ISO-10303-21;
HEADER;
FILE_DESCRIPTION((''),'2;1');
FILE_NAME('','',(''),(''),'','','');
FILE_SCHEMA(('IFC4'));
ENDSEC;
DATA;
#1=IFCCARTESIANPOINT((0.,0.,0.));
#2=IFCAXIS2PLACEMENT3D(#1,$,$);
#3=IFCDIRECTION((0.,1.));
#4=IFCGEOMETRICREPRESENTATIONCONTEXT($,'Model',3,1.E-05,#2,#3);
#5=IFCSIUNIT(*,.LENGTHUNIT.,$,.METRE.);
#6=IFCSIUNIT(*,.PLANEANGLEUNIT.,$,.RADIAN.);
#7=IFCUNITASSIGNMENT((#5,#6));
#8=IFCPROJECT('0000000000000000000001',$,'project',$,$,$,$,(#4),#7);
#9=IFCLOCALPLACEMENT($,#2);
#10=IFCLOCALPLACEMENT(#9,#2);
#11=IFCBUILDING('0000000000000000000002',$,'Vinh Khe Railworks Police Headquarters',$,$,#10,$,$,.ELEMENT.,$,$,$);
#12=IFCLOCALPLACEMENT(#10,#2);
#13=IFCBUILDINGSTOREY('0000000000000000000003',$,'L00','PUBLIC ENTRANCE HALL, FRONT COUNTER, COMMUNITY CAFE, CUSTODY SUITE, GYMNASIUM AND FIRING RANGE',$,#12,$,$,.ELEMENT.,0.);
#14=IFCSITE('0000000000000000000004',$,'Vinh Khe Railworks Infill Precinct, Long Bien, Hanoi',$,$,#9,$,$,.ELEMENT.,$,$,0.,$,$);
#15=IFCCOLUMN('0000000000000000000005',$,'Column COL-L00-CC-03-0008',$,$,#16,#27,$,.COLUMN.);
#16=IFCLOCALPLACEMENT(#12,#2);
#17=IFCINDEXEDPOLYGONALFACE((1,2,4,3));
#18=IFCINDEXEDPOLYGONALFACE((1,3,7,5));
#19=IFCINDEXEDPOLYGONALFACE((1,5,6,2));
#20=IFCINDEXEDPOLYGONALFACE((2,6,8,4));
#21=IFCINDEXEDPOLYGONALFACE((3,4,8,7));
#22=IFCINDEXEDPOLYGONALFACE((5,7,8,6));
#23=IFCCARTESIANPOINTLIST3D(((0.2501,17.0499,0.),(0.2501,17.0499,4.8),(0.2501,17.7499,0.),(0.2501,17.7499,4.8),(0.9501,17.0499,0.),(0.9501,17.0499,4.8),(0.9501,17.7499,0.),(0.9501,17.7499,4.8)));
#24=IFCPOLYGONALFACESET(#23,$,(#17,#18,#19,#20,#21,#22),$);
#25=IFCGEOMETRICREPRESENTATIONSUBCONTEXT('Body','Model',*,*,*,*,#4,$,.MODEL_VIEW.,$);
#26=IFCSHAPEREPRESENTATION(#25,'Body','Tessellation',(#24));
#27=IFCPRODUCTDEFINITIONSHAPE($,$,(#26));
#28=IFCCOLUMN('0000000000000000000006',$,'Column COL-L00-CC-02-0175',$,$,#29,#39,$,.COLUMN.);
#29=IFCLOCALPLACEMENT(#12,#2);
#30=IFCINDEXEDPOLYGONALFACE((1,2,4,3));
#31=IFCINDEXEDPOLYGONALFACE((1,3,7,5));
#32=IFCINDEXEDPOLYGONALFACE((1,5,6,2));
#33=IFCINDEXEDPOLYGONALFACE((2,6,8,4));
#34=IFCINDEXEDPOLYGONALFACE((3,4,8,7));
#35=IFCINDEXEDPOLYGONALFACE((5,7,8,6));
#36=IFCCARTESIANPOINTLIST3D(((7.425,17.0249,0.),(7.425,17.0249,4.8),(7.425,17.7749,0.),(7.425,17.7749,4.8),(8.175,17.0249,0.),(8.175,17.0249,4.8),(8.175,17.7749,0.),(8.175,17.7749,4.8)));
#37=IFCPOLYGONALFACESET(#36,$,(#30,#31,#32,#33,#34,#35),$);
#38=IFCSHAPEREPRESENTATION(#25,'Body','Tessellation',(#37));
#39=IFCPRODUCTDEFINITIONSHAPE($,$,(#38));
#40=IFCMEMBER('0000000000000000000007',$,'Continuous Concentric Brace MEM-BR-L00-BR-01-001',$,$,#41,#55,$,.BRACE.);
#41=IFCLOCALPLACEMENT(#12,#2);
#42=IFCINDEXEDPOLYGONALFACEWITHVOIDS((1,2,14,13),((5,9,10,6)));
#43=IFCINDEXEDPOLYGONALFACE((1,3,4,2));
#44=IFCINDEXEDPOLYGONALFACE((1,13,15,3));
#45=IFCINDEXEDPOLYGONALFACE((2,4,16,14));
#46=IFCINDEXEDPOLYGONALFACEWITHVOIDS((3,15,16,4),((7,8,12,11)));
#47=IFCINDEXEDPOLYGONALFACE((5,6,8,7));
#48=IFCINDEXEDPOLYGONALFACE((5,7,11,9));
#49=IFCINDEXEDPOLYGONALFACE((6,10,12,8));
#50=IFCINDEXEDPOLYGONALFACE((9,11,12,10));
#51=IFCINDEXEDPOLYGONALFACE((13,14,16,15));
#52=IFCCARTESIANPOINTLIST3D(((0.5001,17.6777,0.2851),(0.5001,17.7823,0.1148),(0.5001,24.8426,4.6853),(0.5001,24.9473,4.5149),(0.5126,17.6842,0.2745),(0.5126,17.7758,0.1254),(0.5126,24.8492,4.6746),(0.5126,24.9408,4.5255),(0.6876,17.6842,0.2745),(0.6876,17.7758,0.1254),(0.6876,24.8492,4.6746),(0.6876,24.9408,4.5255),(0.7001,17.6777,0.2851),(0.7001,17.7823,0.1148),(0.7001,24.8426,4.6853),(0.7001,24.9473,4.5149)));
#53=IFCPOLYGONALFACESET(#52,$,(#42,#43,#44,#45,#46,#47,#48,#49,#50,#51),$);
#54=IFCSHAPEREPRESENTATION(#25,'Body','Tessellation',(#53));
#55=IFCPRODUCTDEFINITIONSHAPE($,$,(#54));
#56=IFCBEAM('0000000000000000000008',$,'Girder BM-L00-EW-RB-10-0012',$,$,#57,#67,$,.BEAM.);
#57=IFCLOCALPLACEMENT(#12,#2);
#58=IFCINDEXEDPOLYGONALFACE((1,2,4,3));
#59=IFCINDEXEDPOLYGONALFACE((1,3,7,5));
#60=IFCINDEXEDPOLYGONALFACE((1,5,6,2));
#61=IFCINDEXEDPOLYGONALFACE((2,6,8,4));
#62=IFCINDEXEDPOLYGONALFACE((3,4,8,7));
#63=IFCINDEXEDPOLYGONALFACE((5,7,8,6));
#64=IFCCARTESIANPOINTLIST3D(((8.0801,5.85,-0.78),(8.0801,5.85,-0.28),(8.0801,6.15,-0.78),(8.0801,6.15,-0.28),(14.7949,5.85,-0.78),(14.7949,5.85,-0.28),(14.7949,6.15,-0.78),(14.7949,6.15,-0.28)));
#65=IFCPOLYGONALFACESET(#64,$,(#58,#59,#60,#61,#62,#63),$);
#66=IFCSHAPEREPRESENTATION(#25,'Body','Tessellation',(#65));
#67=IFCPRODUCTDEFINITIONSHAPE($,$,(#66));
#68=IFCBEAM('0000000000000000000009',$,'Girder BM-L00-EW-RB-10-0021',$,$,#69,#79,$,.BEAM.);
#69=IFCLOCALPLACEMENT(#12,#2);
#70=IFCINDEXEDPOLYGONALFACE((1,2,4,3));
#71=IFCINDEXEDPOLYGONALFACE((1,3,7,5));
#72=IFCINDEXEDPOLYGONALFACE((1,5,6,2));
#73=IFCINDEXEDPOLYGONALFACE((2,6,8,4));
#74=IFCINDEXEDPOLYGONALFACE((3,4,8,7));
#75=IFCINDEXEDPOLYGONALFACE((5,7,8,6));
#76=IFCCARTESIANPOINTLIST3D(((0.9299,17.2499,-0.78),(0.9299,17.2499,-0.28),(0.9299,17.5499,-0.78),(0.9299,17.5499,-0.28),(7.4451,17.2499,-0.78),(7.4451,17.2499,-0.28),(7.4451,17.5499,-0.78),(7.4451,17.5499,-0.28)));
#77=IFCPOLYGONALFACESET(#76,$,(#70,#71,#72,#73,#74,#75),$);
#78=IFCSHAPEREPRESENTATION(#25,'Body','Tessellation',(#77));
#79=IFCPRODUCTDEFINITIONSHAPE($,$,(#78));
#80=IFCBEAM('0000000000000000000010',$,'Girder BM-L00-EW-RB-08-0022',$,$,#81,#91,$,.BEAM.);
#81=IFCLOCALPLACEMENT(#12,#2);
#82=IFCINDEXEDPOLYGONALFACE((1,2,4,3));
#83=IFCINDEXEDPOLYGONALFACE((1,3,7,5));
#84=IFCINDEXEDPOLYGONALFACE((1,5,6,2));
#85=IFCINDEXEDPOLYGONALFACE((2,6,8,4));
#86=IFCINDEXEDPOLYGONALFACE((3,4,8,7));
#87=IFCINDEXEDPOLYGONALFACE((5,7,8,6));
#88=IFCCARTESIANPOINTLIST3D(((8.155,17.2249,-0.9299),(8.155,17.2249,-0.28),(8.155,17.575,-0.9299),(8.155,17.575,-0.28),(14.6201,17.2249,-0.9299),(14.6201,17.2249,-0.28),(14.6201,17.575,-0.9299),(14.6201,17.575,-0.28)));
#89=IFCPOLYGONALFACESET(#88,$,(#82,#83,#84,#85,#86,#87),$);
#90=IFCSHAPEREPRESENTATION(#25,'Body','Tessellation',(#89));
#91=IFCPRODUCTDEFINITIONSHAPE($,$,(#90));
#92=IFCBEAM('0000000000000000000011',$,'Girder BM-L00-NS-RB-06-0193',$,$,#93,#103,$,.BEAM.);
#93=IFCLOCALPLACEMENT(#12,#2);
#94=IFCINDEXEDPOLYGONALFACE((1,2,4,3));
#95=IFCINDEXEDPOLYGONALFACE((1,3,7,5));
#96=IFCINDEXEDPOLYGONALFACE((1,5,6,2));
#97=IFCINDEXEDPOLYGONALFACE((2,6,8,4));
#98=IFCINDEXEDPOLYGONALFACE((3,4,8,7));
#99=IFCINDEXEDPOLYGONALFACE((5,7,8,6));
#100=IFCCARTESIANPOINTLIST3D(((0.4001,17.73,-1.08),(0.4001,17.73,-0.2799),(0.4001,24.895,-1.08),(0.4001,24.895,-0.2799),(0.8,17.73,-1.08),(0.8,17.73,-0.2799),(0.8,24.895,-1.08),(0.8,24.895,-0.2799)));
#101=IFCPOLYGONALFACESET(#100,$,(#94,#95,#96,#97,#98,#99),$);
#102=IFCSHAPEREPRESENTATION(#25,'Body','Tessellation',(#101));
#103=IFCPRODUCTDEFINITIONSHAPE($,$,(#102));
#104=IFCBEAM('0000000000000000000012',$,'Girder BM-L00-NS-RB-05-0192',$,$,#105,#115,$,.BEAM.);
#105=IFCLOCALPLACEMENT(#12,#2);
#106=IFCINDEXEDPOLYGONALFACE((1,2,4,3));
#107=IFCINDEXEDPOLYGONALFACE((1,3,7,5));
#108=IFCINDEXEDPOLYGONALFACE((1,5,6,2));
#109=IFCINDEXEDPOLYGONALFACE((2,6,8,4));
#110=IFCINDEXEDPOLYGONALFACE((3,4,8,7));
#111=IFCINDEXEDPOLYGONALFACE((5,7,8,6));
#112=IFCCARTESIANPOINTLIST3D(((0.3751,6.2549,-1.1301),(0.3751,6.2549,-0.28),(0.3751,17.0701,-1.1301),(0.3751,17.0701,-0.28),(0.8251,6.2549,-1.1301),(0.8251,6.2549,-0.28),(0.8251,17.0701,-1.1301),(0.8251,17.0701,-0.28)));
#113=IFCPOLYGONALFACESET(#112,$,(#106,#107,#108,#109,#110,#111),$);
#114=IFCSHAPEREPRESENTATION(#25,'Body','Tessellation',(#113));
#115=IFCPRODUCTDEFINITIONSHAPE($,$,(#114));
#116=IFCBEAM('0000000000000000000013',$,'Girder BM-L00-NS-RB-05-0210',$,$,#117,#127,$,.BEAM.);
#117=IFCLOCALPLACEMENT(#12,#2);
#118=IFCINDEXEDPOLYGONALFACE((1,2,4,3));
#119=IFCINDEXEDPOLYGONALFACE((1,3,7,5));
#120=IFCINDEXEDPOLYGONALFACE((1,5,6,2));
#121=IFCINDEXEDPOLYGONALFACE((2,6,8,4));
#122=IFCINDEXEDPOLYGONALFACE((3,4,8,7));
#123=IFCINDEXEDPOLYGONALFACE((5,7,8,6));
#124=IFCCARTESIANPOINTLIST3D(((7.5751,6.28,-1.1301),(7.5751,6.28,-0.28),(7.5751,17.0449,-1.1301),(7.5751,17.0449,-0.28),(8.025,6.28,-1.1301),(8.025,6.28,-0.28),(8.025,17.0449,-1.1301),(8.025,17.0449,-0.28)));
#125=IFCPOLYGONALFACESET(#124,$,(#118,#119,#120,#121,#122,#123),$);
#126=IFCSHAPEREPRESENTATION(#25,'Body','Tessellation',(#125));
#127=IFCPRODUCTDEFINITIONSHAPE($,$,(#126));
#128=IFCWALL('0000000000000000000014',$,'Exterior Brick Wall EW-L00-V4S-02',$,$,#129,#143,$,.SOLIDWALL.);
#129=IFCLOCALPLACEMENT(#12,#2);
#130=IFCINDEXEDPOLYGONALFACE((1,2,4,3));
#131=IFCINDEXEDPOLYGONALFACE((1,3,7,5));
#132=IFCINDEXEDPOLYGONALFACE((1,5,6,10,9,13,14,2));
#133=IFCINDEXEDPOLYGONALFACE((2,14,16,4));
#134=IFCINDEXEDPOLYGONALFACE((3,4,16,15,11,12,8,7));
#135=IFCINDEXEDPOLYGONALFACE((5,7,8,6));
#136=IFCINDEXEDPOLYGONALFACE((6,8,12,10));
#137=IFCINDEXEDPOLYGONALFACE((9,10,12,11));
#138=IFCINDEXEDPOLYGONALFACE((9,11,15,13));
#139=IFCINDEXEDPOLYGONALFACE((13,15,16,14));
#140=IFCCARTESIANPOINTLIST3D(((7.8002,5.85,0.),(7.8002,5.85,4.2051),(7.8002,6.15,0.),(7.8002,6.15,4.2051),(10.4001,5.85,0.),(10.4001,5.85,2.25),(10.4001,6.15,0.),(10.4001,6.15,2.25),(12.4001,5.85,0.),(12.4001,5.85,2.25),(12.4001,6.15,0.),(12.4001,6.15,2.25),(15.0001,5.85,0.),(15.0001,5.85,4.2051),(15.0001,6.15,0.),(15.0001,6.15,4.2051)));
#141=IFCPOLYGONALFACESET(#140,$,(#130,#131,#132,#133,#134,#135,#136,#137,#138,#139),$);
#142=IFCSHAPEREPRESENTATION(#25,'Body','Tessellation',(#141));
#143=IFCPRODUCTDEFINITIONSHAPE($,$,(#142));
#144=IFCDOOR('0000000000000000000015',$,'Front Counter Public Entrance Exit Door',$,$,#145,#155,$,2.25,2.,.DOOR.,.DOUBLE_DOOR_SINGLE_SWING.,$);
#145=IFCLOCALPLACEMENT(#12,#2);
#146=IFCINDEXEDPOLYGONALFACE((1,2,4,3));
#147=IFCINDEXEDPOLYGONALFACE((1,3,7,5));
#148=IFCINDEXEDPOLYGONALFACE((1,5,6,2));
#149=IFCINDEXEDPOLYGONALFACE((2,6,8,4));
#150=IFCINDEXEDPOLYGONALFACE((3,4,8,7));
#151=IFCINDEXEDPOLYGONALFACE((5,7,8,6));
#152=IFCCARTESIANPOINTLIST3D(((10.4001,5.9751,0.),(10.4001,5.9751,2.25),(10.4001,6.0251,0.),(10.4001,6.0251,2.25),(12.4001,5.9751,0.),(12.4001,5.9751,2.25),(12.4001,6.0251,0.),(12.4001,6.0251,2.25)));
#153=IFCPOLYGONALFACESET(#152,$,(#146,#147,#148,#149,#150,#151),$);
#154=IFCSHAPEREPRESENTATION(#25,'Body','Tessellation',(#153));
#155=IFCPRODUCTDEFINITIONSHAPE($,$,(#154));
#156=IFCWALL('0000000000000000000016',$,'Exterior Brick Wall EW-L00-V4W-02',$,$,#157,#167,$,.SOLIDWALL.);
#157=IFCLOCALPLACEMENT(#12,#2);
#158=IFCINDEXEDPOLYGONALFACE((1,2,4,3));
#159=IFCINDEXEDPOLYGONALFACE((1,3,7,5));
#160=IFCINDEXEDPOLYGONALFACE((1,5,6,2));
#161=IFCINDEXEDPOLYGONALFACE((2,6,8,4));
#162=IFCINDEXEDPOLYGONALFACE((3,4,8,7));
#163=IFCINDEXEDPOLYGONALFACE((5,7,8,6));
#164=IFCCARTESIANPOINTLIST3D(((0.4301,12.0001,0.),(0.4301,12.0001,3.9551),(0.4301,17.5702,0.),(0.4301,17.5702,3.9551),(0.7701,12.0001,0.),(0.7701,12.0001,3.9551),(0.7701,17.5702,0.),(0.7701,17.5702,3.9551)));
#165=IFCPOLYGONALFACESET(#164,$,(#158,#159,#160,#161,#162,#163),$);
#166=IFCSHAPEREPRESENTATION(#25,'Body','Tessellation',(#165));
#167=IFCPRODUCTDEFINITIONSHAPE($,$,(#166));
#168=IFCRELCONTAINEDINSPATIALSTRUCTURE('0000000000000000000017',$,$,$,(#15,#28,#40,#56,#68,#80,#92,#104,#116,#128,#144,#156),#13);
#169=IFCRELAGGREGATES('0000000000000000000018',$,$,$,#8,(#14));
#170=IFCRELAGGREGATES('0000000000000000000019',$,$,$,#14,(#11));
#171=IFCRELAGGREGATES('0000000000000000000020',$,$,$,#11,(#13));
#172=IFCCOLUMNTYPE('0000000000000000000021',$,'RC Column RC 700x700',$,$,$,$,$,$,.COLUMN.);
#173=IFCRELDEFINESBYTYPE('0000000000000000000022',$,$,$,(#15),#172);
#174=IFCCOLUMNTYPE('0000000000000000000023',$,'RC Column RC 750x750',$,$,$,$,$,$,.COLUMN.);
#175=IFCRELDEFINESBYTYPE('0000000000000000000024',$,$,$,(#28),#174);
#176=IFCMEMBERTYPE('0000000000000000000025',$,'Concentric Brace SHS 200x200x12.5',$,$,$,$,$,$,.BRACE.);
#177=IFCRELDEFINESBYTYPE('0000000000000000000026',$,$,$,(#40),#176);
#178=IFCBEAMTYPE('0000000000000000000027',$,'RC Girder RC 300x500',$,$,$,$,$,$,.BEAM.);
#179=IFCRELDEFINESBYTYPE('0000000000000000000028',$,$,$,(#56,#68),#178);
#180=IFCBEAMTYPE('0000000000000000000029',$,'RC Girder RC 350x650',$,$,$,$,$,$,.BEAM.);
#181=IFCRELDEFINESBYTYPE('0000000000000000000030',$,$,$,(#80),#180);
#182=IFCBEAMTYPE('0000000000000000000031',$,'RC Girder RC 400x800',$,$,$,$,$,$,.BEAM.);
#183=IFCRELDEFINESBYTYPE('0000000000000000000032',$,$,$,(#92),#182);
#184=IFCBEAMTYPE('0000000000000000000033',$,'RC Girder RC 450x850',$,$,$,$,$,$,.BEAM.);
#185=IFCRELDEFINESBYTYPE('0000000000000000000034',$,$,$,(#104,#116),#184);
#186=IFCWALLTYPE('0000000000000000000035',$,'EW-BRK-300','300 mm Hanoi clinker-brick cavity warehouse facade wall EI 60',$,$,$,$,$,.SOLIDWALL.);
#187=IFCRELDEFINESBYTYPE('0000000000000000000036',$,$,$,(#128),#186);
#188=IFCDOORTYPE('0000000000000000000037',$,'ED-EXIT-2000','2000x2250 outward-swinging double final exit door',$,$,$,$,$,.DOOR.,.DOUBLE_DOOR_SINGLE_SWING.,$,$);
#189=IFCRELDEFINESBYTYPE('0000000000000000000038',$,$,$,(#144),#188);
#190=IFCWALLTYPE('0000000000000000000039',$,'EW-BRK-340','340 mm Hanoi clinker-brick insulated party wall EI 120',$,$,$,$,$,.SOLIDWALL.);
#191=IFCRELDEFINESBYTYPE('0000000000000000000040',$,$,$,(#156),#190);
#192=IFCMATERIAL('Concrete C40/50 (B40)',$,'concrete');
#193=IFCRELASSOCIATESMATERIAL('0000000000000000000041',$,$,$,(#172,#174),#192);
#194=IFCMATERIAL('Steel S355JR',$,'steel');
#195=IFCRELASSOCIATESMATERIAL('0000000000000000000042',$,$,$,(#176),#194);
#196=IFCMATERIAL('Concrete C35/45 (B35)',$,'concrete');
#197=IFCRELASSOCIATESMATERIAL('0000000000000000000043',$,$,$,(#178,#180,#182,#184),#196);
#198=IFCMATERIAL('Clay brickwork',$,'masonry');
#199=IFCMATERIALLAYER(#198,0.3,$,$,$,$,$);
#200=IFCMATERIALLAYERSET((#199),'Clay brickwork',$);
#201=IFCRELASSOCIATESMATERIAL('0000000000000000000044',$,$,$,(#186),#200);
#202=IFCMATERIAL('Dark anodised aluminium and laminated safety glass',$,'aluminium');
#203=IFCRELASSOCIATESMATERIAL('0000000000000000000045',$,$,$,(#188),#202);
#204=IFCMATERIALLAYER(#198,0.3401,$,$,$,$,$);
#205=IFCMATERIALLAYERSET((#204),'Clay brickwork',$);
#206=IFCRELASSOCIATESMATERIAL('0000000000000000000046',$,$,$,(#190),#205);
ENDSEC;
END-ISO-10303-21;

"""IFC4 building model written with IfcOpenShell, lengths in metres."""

from ifc_helpers import new_model, si_unit, direction, frame, frame_2d, origin, origin_2d, place, context, subcontext, project, spatial, rectangle, hollow_rectangle, extrude, material, layer, layer_set, material_profile, profile_set, type_object, element, fill, save


model = new_model("IFC4")

# Units and contexts
model_context = context("Model", 3, precision=1e-05, world=origin(), true_north=direction((0.0, 1.0)))
body_context = subcontext(model_context, "Body", "Model", "MODEL_VIEW")
ifc_project = project(units=[si_unit("LENGTHUNIT", "METRE"), si_unit("PLANEANGLEUNIT", "RADIAN")], contexts=[model_context])

# Site, building, storey
site_placement = place(None, origin())
site = spatial("IfcSite", under=ifc_project, at=site_placement, Name="Vinh Khe Railworks Infill Precinct, Long Bien, Hanoi", CompositionType="ELEMENT", RefElevation=0.0)
building_placement = place(site_placement, origin())
building = spatial("IfcBuilding", under=site, at=building_placement, Name="Vinh Khe Railworks Police Headquarters", CompositionType="ELEMENT")
storey_placement = place(building_placement, origin())
storey = spatial("IfcBuildingStorey", under=building, at=storey_placement, Name="L00", Description="PUBLIC ENTRANCE HALL, FRONT COUNTER, COMMUNITY CAFE, CUSTODY SUITE, GYMNASIUM AND FIRING RANGE", CompositionType="ELEMENT", Elevation=0.0)

# Columns
ifc_material_1 = material(Name="Concrete C40/50 (B40)", Category="concrete")
ifc_material_profile_1 = material_profile(ifc_material_1, rectangle(XDim=0.7, YDim=0.7, at=origin_2d()), Name="RC 700x700")
ifc_profile_set_1 = profile_set([ifc_material_profile_1], Name="Concrete C40/50 (B40)")
column_type_1 = type_object("IfcColumnType", Name="RC Column RC 700x700", PredefinedType="COLUMN", material=ifc_profile_set_1)
column_1_placement = place(storey_placement, frame((0.6001, 17.3999, 0.0), z_axis=(0.0, 0.0, 1.0), x_axis=(1.0, 0.0, 0.0)))
element("IfcColumn", 1, at=column_1_placement, inside=storey, type_object=column_type_1, Name="Column COL-L00-CC-03-0008", PredefinedType="COLUMN", context=body_context, shape_type="SweptSolid", body=[
    extrude(rectangle(XDim=0.7, YDim=0.7, at=origin_2d()), origin(), (0.0, 0.0, 1.0), 4.8),
])
ifc_material_profile_2 = material_profile(ifc_material_1, rectangle(XDim=0.75, YDim=0.75, at=origin_2d()), Name="RC 750x750")
ifc_profile_set_2 = profile_set([ifc_material_profile_2], Name="Concrete C40/50 (B40)")
column_type_2 = type_object("IfcColumnType", Name="RC Column RC 750x750", PredefinedType="COLUMN", material=ifc_profile_set_2)
column_2_placement = place(storey_placement, frame((7.8, 17.3999, 0.0), z_axis=(0.0, 0.0, 1.0), x_axis=(1.0, 0.0, 0.0)))
element("IfcColumn", 2, at=column_2_placement, inside=storey, type_object=column_type_2, Name="Column COL-L00-CC-02-0175", PredefinedType="COLUMN", context=body_context, shape_type="SweptSolid", body=[
    extrude(rectangle(XDim=0.75, YDim=0.75, at=origin_2d()), origin(), (0.0, 0.0, 1.0), 4.8),
])

# Member
ifc_material_2 = material(Name="Steel S355JR", Category="steel")
ifc_material_profile_3 = material_profile(ifc_material_2, hollow_rectangle(XDim=0.2, YDim=0.2, WallThickness=0.0125, at=origin_2d()), Name="SHS 200x200x12.5")
ifc_profile_set_3 = profile_set([ifc_material_profile_3], Name="Steel S355JR")
member_type = type_object("IfcMemberType", Name="Concentric Brace SHS 200x200x12.5", PredefinedType="BRACE", material=ifc_profile_set_3)
member_placement = place(storey_placement, frame((0.6001, 17.73, 0.2), z_axis=(0.0, 0.852141, 0.523311), x_axis=(-1.0, 0.0, 0.0)))
element("IfcMember", 3, at=member_placement, inside=storey, type_object=member_type, Name="Continuous Concentric Brace MEM-BR-L00-BR-01-001", PredefinedType="BRACE", context=body_context, shape_type="SweptSolid", body=[
    extrude(hollow_rectangle(XDim=0.2, YDim=0.2, WallThickness=0.0125, at=origin_2d()), origin(), (0.0, 0.0, 1.0), 8.4082),
])

# Beams
ifc_material_3 = material(Name="Concrete C35/45 (B35)", Category="concrete")
ifc_material_profile_4 = material_profile(ifc_material_3, rectangle(XDim=0.3, YDim=0.5, at=origin_2d()), Name="RC 300x500")
ifc_profile_set_4 = profile_set([ifc_material_profile_4], Name="Concrete C35/45 (B35)")
beam_type_1 = type_object("IfcBeamType", Name="RC Girder RC 300x500", PredefinedType="BEAM", material=ifc_profile_set_4)
beam_1_placement = place(storey_placement, frame((8.0801, 6.0, -0.53), z_axis=(1.0, 0.0, 0.0), x_axis=(0.0, 1.0, 0.0)))
element("IfcBeam", 4, at=beam_1_placement, inside=storey, type_object=beam_type_1, Name="Girder BM-L00-EW-RB-10-0012", PredefinedType="BEAM", context=body_context, shape_type="SweptSolid", body=[
    extrude(rectangle(XDim=0.3, YDim=0.5, at=origin_2d()), origin(), (0.0, 0.0, 1.0), 6.7148),
])
beam_2_placement = place(storey_placement, frame((0.9299, 17.3999, -0.53), z_axis=(1.0, 0.0, 0.0), x_axis=(0.0, 1.0, 0.0)))
element("IfcBeam", 5, at=beam_2_placement, inside=storey, type_object=beam_type_1, Name="Girder BM-L00-EW-RB-10-0021", PredefinedType="BEAM", context=body_context, shape_type="SweptSolid", body=[
    extrude(rectangle(XDim=0.3, YDim=0.5, at=origin_2d()), origin(), (0.0, 0.0, 1.0), 6.5151),
])
ifc_material_profile_5 = material_profile(ifc_material_3, rectangle(XDim=0.3501, YDim=0.6499, at=origin_2d()), Name="RC 350x650")
ifc_profile_set_5 = profile_set([ifc_material_profile_5], Name="Concrete C35/45 (B35)")
beam_type_2 = type_object("IfcBeamType", Name="RC Girder RC 350x650", PredefinedType="BEAM", material=ifc_profile_set_5)
beam_3_placement = place(storey_placement, frame((8.155, 17.3999, -0.605), z_axis=(1.0, 0.0, 0.0), x_axis=(0.0, 1.0, 0.0)))
element("IfcBeam", 6, at=beam_3_placement, inside=storey, type_object=beam_type_2, Name="Girder BM-L00-EW-RB-08-0022", PredefinedType="BEAM", context=body_context, shape_type="SweptSolid", body=[
    extrude(rectangle(XDim=0.3501, YDim=0.6499, at=origin_2d()), origin(), (0.0, 0.0, 1.0), 6.4651),
])
ifc_material_profile_6 = material_profile(ifc_material_3, rectangle(XDim=0.3999, YDim=0.8, at=origin_2d()), Name="RC 400x800")
ifc_profile_set_6 = profile_set([ifc_material_profile_6], Name="Concrete C35/45 (B35)")
beam_type_3 = type_object("IfcBeamType", Name="RC Girder RC 400x800", PredefinedType="BEAM", material=ifc_profile_set_6)
beam_4_placement = place(storey_placement, frame((0.6001, 17.73, -0.6799), z_axis=(0.0, 1.0, 0.0), x_axis=(-1.0, 0.0, 0.0)))
element("IfcBeam", 7, at=beam_4_placement, inside=storey, type_object=beam_type_3, Name="Girder BM-L00-NS-RB-06-0193", PredefinedType="BEAM", context=body_context, shape_type="SweptSolid", body=[
    extrude(rectangle(XDim=0.3999, YDim=0.8, at=origin_2d()), origin(), (0.0, 0.0, 1.0), 7.165),
])
ifc_material_profile_7 = material_profile(ifc_material_3, rectangle(XDim=0.45, YDim=0.8501, at=origin_2d()), Name="RC 450x850")
ifc_profile_set_7 = profile_set([ifc_material_profile_7], Name="Concrete C35/45 (B35)")
beam_type_4 = type_object("IfcBeamType", Name="RC Girder RC 450x850", PredefinedType="BEAM", material=ifc_profile_set_7)
beam_5_placement = place(storey_placement, frame((0.6001, 6.2549, -0.7051), z_axis=(0.0, 1.0, 0.0), x_axis=(-1.0, 0.0, 0.0)))
element("IfcBeam", 8, at=beam_5_placement, inside=storey, type_object=beam_type_4, Name="Girder BM-L00-NS-RB-05-0192", PredefinedType="BEAM", context=body_context, shape_type="SweptSolid", body=[
    extrude(rectangle(XDim=0.45, YDim=0.8501, at=origin_2d()), origin(), (0.0, 0.0, 1.0), 10.8152),
])
beam_6_placement = place(storey_placement, frame((7.8, 6.28, -0.7051), z_axis=(0.0, 1.0, 0.0), x_axis=(-1.0, 0.0, 0.0)))
element("IfcBeam", 9, at=beam_6_placement, inside=storey, type_object=beam_type_4, Name="Girder BM-L00-NS-RB-05-0210", PredefinedType="BEAM", context=body_context, shape_type="SweptSolid", body=[
    extrude(rectangle(XDim=0.45, YDim=0.8501, at=origin_2d()), origin(), (0.0, 0.0, 1.0), 10.7649),
])

# Wall, opening, door
ifc_material_4 = material(Name="Clay brickwork", Category="masonry")
ifc_layer_1 = layer(ifc_material_4, 0.3)
ifc_layer_set_1 = layer_set([ifc_layer_1], Name="Clay brickwork")
wall_type_1 = type_object("IfcWallType", Name="EW-BRK-300", Description="300 mm Hanoi clinker-brick cavity warehouse facade wall EI 60", PredefinedType="SOLIDWALL", material=ifc_layer_set_1)
wall_1_placement = place(storey_placement, frame((7.8, 6.0, 0.0), z_axis=(0.0, 0.0, 1.0), x_axis=(1.0, 0.0, 0.0)))
wall_1 = element("IfcWall", 10, at=wall_1_placement, inside=storey, type_object=wall_type_1, Name="Exterior Brick Wall EW-L00-V4S-02", PredefinedType="SOLIDWALL", context=body_context, shape_type="SweptSolid", body=[
    extrude(rectangle(XDim=7.2, YDim=0.3, at=frame_2d((3.6001, 0.0))), origin(), (0.0, 0.0, 1.0), 4.2051),
])
opening_1_placement = place(wall_1_placement, frame((2.6001, 0.0, 0.0)))
opening_1 = element("IfcOpeningElement", 11, at=opening_1_placement, cuts=wall_1, PredefinedType="OPENING", context=body_context, shape_type="SweptSolid", body=[
    extrude(rectangle(XDim=2.0, YDim=2.25, at=frame_2d((1.0, 1.125))), frame((0.0, 0.165, 0.0), z_axis=(0.0, -1.0, 0.0), x_axis=(1.0, 0.0, 0.0)), (0.0, 0.0, 1.0), 0.3298),
])
ifc_material_5 = material(Name="Dark anodised aluminium and laminated safety glass", Category="aluminium")
door_type_1 = type_object("IfcDoorType", Name="ED-EXIT-2000", Description="2000x2250 outward-swinging double final exit door", OperationType="DOUBLE_DOOR_SINGLE_SWING", PredefinedType="DOOR", material=ifc_material_5)
door_1_placement = place(opening_1_placement, frame((2.0, 0.0, 0.0), z_axis=(0.0, 0.0, 1.0), x_axis=(-1.0, 0.0, 0.0)))
door_1 = element("IfcDoor", 12, at=door_1_placement, inside=storey, type_object=door_type_1, Name="Front Counter Public Entrance Exit Door", OperationType="DOUBLE_DOOR_SINGLE_SWING", OverallHeight=2.25, OverallWidth=2.0, PredefinedType="DOOR", context=body_context, shape_type="SweptSolid", body=[
    extrude(rectangle(XDim=2.0, YDim=2.25, at=frame_2d((1.0, 1.125))), frame((0.0, 0.0249, 0.0), z_axis=(0.0, -1.0, 0.0), x_axis=(1.0, 0.0, 0.0)), (0.0, 0.0, 1.0), 0.05),
])
fill(opening_1, door_1)

# Wall
ifc_layer_2 = layer(ifc_material_4, 0.3401)
ifc_layer_set_2 = layer_set([ifc_layer_2], Name="Clay brickwork")
wall_type_2 = type_object("IfcWallType", Name="EW-BRK-340", Description="340 mm Hanoi clinker-brick insulated party wall EI 120", PredefinedType="SOLIDWALL", material=ifc_layer_set_2)
wall_2_placement = place(storey_placement, frame((0.6001, 12.0, 0.0), z_axis=(0.0, 0.0, 1.0), x_axis=(0.0, 1.0, 0.0)))
element("IfcWall", 13, at=wall_2_placement, inside=storey, type_object=wall_type_2, Name="Exterior Brick Wall EW-L00-V4W-02", PredefinedType="SOLIDWALL", context=body_context, shape_type="SweptSolid", body=[
    extrude(rectangle(XDim=5.5701, YDim=0.3401, at=frame_2d((2.7852, 0.0))), origin(), (0.0, 0.0, 1.0), 3.9551),
])

save(model, "model.ifc")
